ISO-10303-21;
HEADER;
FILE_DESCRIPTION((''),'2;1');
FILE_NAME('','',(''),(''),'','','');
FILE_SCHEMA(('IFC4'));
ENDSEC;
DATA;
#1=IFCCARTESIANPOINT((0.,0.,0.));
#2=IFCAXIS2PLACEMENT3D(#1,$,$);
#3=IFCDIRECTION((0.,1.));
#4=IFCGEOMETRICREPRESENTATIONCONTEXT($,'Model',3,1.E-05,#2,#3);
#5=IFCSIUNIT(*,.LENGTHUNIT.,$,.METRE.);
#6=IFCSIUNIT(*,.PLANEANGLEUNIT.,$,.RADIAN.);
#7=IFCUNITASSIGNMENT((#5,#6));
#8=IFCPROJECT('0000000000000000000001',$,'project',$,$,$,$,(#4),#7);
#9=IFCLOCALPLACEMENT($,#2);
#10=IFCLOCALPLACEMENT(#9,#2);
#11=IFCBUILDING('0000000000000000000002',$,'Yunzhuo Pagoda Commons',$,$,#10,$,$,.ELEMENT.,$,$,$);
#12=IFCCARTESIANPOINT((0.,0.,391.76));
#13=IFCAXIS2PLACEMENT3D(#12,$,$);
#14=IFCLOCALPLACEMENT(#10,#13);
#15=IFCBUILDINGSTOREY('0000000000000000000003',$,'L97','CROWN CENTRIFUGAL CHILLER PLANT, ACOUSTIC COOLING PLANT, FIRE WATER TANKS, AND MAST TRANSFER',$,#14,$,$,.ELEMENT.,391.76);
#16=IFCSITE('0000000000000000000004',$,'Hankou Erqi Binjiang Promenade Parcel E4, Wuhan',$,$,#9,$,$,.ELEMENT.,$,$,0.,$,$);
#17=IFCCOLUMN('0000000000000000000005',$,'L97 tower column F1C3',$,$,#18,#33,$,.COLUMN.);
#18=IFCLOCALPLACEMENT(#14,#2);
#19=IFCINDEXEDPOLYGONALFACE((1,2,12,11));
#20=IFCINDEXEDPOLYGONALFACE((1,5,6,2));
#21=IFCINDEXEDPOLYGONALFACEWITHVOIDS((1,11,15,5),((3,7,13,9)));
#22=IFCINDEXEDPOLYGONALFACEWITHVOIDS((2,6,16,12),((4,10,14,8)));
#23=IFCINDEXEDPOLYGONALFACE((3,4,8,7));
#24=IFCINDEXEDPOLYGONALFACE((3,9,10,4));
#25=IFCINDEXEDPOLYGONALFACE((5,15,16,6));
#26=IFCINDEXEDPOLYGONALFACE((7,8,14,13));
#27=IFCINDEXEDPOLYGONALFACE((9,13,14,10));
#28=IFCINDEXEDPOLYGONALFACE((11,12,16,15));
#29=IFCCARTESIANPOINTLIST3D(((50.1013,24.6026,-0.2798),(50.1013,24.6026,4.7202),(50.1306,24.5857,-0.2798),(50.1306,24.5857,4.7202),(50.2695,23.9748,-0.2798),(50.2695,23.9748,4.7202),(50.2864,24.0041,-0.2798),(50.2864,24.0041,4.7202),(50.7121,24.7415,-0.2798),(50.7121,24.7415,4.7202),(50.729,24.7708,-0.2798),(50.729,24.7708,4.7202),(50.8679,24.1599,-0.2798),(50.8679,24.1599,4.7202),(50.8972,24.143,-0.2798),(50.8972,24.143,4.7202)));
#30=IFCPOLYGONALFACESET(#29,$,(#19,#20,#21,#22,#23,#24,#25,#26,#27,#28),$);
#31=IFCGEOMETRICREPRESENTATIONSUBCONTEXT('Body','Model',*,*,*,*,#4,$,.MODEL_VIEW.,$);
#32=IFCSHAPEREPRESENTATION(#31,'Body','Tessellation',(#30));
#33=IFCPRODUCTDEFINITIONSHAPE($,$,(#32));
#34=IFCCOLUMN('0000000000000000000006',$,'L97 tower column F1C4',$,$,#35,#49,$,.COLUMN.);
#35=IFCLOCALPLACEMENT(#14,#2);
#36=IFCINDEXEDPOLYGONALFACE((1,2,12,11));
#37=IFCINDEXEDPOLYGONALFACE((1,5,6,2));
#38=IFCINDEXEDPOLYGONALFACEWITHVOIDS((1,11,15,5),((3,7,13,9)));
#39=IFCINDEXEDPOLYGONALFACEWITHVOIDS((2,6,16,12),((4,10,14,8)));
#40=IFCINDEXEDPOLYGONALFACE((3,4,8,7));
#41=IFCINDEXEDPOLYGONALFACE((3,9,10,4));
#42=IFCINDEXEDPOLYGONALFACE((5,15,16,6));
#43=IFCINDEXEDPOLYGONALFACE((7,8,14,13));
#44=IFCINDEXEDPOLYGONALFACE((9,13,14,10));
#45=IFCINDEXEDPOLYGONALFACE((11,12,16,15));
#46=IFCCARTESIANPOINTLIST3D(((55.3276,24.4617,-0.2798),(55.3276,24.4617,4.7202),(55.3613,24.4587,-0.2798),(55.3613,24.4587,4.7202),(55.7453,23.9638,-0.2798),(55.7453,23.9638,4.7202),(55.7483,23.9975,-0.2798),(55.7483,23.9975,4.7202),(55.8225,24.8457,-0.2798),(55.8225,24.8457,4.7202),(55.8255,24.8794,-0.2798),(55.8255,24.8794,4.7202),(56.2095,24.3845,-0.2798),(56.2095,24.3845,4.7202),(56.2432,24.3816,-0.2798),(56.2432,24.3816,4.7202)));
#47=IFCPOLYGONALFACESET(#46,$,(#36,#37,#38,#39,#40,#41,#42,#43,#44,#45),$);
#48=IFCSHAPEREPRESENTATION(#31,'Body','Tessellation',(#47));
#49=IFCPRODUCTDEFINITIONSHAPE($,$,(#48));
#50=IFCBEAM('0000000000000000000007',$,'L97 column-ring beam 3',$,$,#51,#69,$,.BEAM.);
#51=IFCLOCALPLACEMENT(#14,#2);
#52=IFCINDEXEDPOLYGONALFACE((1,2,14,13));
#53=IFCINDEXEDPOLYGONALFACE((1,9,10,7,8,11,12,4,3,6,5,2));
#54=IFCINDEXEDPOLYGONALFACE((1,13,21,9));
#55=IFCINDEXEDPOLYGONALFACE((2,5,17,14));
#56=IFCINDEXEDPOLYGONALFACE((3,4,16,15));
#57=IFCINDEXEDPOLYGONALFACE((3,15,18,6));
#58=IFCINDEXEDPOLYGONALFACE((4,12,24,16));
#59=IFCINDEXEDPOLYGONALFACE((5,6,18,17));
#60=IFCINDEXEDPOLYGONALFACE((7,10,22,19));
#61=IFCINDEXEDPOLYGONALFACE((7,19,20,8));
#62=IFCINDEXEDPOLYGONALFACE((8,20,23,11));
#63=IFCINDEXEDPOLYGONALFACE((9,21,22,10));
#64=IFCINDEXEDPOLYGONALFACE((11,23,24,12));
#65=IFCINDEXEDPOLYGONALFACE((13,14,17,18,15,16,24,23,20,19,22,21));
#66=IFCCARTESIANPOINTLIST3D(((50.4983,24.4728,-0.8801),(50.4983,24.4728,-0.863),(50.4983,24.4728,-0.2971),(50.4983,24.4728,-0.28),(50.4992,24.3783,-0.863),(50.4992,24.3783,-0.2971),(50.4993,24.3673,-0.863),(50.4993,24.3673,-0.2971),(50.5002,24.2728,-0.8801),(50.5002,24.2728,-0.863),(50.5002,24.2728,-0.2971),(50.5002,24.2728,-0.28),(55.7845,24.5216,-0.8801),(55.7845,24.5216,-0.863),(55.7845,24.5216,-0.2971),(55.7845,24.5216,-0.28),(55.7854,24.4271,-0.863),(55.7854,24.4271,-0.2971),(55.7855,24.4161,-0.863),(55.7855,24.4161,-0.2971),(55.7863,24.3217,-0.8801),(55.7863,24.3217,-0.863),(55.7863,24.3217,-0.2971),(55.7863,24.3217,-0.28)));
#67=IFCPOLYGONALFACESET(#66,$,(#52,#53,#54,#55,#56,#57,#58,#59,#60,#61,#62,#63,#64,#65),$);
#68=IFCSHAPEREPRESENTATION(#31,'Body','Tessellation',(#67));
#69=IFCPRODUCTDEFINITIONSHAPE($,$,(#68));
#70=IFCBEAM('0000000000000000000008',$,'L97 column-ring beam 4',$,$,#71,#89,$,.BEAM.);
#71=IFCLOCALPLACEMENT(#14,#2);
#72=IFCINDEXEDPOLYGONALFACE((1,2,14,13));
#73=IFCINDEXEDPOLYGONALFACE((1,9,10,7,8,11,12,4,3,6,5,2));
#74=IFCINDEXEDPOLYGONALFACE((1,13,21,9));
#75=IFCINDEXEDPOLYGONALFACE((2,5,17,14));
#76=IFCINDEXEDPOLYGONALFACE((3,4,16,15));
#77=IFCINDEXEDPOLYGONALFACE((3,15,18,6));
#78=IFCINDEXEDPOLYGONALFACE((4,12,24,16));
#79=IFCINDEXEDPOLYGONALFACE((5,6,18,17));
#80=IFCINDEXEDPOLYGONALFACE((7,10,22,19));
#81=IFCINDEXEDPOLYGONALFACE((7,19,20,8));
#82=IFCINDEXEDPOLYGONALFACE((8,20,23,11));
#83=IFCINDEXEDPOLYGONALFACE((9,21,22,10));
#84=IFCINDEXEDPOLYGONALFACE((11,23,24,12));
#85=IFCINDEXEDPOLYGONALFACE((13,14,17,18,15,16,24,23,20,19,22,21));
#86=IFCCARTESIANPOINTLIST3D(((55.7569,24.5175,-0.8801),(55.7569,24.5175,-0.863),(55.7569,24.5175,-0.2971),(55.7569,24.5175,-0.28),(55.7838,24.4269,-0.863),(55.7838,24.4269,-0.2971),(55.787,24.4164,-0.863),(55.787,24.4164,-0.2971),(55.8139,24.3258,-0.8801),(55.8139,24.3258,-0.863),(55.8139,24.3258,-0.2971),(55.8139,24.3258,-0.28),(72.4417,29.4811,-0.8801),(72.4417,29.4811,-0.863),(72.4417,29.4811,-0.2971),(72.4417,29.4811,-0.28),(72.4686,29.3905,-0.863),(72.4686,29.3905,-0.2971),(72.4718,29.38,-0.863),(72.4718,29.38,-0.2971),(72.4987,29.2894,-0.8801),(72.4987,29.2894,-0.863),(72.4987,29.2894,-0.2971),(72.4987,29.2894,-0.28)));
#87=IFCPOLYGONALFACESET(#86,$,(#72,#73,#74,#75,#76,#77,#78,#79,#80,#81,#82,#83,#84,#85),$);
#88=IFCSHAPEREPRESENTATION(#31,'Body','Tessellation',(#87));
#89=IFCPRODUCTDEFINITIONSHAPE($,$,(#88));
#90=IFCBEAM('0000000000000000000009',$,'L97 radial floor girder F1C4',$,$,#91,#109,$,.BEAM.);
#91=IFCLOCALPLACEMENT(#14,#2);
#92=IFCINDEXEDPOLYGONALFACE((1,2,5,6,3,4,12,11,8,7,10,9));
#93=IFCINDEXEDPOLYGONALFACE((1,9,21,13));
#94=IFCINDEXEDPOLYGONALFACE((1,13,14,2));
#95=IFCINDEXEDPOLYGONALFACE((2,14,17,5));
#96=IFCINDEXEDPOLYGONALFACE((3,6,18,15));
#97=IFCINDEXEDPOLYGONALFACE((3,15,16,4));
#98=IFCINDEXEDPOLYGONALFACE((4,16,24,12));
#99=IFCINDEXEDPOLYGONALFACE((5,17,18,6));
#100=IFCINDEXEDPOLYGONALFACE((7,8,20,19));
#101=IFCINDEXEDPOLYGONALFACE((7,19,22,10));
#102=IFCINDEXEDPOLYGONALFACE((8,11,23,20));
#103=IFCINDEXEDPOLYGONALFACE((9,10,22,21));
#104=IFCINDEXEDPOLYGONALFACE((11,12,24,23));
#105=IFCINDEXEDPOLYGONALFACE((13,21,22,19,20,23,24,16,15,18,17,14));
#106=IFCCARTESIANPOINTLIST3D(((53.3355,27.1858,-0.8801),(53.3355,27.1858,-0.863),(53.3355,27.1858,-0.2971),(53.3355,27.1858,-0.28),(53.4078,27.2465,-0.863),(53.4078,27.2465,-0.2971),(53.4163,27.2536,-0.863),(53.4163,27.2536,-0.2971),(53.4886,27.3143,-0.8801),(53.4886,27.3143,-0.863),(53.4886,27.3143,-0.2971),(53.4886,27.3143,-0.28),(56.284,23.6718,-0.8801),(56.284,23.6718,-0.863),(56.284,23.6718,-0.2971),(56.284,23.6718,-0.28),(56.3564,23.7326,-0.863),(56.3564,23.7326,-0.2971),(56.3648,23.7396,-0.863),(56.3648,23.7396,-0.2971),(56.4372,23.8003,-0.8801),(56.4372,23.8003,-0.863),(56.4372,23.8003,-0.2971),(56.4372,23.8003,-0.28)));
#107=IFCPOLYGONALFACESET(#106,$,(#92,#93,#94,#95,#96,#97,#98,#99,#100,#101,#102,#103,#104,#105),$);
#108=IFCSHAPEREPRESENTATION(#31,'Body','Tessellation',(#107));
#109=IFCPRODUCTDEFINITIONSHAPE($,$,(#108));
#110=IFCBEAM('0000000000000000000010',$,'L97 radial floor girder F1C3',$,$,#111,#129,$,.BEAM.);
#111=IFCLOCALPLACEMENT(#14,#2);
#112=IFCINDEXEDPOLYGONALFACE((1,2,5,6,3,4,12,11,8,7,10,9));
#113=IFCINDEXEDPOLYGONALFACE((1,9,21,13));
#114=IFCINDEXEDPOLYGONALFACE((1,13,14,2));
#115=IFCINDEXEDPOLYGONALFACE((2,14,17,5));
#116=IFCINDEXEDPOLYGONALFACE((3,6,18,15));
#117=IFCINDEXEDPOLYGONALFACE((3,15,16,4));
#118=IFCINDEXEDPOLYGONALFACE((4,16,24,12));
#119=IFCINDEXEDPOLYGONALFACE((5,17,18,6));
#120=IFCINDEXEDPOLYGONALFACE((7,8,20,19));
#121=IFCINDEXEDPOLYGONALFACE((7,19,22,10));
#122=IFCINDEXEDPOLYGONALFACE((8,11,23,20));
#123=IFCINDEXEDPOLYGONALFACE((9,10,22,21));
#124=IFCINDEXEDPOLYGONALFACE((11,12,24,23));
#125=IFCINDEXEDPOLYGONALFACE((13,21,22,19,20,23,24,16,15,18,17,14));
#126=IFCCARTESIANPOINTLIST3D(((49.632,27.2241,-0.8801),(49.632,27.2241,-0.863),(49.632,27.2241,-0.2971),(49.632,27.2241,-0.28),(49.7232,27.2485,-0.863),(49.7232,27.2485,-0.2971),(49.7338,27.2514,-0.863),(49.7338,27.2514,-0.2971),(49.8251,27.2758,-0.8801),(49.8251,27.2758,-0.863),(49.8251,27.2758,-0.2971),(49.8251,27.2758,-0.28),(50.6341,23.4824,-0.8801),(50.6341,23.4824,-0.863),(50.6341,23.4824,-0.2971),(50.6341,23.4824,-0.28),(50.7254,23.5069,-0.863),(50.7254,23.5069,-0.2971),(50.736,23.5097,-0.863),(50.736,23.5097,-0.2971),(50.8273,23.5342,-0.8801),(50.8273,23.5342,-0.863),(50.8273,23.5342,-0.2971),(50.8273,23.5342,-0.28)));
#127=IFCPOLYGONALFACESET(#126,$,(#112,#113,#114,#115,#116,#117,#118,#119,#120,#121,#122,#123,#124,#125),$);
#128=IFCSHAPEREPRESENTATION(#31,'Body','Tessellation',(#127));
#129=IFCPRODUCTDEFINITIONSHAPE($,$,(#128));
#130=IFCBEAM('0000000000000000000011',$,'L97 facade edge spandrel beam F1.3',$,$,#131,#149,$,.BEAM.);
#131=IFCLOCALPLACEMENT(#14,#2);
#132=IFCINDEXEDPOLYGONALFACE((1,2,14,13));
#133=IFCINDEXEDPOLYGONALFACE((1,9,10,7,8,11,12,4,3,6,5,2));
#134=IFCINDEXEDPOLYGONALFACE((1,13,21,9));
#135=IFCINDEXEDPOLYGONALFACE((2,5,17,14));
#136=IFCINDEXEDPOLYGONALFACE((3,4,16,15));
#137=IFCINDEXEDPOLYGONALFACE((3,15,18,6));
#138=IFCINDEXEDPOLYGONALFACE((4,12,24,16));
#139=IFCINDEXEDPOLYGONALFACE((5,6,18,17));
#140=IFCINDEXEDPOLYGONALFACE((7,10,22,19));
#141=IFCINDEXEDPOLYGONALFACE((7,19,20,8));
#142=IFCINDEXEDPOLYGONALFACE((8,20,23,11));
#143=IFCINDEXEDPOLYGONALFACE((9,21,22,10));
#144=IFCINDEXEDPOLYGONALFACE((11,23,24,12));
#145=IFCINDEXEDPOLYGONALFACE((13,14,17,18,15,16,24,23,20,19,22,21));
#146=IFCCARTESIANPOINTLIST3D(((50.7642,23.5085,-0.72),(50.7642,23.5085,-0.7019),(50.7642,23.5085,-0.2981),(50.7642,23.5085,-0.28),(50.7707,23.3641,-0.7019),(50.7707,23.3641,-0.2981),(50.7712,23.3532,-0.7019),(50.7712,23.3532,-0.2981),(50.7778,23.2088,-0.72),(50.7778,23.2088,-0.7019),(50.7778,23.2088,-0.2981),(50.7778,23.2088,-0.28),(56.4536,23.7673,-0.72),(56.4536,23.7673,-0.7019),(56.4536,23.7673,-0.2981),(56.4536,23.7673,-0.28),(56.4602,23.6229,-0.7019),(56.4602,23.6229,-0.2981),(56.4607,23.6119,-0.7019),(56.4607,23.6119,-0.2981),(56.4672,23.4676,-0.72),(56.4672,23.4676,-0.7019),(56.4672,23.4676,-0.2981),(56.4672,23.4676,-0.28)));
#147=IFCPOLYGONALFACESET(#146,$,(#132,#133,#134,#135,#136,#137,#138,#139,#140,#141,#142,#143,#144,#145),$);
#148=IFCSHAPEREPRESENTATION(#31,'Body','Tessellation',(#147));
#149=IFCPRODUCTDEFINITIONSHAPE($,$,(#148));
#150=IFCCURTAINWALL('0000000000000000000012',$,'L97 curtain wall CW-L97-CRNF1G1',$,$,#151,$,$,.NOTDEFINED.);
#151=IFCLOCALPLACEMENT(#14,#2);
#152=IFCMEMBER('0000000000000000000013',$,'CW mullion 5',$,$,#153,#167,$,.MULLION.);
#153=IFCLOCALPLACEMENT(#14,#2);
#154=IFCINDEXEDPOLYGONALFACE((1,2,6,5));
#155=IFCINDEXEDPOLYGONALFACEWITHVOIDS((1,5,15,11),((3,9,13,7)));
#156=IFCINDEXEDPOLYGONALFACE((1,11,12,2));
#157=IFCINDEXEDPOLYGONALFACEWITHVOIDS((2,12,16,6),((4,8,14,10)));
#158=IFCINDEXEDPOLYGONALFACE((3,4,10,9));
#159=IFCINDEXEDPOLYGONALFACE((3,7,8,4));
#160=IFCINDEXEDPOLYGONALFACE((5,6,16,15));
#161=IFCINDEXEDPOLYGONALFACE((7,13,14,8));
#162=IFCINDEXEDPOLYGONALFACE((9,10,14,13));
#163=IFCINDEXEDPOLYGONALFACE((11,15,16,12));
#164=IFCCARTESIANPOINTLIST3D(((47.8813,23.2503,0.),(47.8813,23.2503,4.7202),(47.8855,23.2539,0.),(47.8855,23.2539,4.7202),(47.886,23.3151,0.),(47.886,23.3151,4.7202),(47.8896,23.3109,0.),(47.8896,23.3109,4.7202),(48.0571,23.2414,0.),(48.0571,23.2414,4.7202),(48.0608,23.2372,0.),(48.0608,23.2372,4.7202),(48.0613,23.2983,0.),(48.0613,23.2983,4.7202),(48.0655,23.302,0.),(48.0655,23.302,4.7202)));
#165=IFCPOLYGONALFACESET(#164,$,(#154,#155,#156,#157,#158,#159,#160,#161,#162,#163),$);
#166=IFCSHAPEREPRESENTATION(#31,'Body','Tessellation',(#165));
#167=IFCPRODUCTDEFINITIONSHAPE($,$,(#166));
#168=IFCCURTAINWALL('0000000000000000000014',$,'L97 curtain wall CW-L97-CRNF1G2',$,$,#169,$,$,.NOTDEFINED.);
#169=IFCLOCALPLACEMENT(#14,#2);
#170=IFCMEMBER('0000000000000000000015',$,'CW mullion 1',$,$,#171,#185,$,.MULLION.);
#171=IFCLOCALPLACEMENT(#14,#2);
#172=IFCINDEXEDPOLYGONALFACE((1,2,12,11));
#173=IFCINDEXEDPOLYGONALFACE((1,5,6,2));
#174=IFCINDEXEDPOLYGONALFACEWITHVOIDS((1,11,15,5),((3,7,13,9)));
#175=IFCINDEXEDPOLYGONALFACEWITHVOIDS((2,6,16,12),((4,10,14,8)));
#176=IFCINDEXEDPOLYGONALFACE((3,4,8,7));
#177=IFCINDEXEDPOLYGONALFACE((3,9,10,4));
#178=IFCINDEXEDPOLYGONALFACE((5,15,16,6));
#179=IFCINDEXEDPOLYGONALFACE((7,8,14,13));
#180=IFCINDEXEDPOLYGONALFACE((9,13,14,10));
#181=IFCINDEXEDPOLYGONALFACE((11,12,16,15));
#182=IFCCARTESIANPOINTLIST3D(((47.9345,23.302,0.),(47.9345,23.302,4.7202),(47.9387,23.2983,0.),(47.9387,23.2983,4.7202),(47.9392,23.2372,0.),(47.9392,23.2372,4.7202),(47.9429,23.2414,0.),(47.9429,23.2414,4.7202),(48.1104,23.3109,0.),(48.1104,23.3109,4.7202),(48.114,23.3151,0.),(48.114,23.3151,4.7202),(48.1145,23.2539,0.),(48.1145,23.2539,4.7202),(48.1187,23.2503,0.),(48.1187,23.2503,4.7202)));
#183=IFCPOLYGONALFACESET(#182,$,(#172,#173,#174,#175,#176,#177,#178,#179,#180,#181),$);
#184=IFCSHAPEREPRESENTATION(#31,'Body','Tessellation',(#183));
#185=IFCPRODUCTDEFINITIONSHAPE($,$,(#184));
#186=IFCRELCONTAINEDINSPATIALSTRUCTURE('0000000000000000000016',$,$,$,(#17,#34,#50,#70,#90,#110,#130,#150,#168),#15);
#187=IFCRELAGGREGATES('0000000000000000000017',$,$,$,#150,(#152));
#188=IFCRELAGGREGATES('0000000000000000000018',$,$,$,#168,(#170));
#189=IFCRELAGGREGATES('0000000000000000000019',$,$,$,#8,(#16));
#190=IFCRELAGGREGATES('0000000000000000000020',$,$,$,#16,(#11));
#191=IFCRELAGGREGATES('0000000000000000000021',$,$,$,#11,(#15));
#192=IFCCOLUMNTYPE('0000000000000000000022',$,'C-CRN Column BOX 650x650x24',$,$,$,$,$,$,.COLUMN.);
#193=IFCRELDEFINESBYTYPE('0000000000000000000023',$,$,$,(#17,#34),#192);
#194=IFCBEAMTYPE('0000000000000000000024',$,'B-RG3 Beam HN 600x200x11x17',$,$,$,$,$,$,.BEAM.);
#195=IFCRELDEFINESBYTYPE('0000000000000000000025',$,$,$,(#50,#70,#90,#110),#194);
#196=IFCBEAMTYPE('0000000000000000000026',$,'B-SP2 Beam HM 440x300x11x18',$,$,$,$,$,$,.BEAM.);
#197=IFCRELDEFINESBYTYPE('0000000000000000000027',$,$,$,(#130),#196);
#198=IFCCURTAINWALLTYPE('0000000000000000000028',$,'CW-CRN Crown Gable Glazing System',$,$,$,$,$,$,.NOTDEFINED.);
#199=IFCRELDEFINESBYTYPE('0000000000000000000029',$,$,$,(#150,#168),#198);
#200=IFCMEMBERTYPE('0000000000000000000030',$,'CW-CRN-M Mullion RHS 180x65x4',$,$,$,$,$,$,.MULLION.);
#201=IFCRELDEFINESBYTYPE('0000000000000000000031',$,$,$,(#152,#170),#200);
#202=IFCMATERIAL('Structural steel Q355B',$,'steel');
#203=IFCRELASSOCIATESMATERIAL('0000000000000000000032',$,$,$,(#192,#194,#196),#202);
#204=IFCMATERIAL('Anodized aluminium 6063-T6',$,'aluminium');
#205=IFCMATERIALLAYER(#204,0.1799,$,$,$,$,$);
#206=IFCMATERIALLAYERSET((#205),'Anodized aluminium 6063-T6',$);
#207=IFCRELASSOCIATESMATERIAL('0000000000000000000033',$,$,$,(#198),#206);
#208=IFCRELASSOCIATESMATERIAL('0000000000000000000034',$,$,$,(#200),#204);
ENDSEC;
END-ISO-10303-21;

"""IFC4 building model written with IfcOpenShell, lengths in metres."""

from ifc_helpers import new_model, si_unit, direction, frame, origin, origin_2d, place, context, subcontext, project, spatial, hollow_rectangle, i_section, extrude, source, transform, mapped, material, layer, layer_set, material_profile, profile_set, type_object, element, aggregate, save


model = new_model("IFC4")

# Units and contexts
model_context = context("Model", 3, precision=1e-05, world=origin(), true_north=direction((0.0, 1.0)))
body_context = subcontext(model_context, "Body", "Model", "MODEL_VIEW")
ifc_project = project(units=[si_unit("LENGTHUNIT", "METRE"), si_unit("PLANEANGLEUNIT", "RADIAN")], contexts=[model_context])

# Site, building, storey
site_placement = place(None, origin())
site = spatial("IfcSite", under=ifc_project, at=site_placement, Name="Hankou Erqi Binjiang Promenade Parcel E4, Wuhan", CompositionType="ELEMENT", RefElevation=0.0)
building_placement = place(site_placement, origin())
building = spatial("IfcBuilding", under=site, at=building_placement, Name="Yunzhuo Pagoda Commons", CompositionType="ELEMENT")
storey_placement = place(building_placement, frame((0.0, 0.0, 391.76)))
storey = spatial("IfcBuildingStorey", under=building, at=storey_placement, Name="L97", Description="CROWN CENTRIFUGAL CHILLER PLANT, ACOUSTIC COOLING PLANT, FIRE WATER TANKS, AND MAST TRANSFER", CompositionType="ELEMENT", Elevation=391.76)

# Columns
ifc_material_1 = material(Name="Structural steel Q355B", Category="steel")
ifc_material_profile_1 = material_profile(ifc_material_1, hollow_rectangle(XDim=0.6499, YDim=0.6499, WallThickness=0.0239, at=origin_2d()), Name="Structural steel Q355B")
ifc_profile_set_1 = profile_set([ifc_material_profile_1], Name="Structural steel Q355B")
column_type = type_object("IfcColumnType", Name="C-CRN Column BOX 650x650x24", PredefinedType="COLUMN", material=ifc_profile_set_1)
shared_shape_1 = source(origin(), body_context, "Body", "SweptSolid", [
    extrude(hollow_rectangle(XDim=0.6499, YDim=0.6499, WallThickness=0.0239, at=origin_2d()), origin(), (0.0, 0.0, 1.0), 5.0),
])
for number, where, z_axis, x_axis, name in (
    (1, (50.4993, 24.3728, -0.2798), (0.0, 0.0, 1.0), (0.965926, 0.258819, 0.0), "L97 tower column F1C3"),
    (2, (55.7854, 24.4216, -0.2798), (0.0, 0.0, 1.0), (0.766044, 0.642788, 0.0), "L97 tower column F1C4"),
):
    element("IfcColumn", number, at=place(storey_placement, frame(where, z_axis=z_axis, x_axis=x_axis)), inside=storey, type_object=column_type, Name=name, PredefinedType="COLUMN", context=body_context, shape_type="MappedRepresentation", body=[
        mapped(shared_shape_1, transform((0.0, 0.0, 0.0), scale=1.0)),
    ])

# Beams
ifc_material_profile_2 = material_profile(ifc_material_1, i_section(OverallWidth=0.2, OverallDepth=0.6001, WebThickness=0.011, FlangeThickness=0.0171, at=origin_2d()), Name="Structural steel Q355B")
ifc_profile_set_2 = profile_set([ifc_material_profile_2], Name="Structural steel Q355B")
beam_type_1 = type_object("IfcBeamType", Name="B-RG3 Beam HN 600x200x11x17", PredefinedType="BEAM", material=ifc_profile_set_2)
shared_shape_2 = source(origin(), body_context, "Body", "SweptSolid", [
    extrude(i_section(OverallWidth=0.2, OverallDepth=0.6001, WebThickness=0.011, FlangeThickness=0.0171, at=origin_2d()), origin(), (0.0, 0.0, 1.0), 5.2864),
])
beam_1_placement = place(storey_placement, frame((50.4993, 24.3728, -0.5801), z_axis=(0.999957, 0.009237, 0.0), x_axis=(-0.009237, 0.999957, 0.0)))
element("IfcBeam", 3, at=beam_1_placement, inside=storey, type_object=beam_type_1, Name="L97 column-ring beam 3", PredefinedType="BEAM", context=body_context, shape_type="MappedRepresentation", body=[
    mapped(shared_shape_2, transform((0.0, 0.0, 0.0), scale=1.0)),
])
shared_shape_3 = source(origin(), body_context, "Body", "SweptSolid", [
    extrude(i_section(OverallWidth=0.2, OverallDepth=0.6001, WebThickness=0.011, FlangeThickness=0.0171, at=origin_2d()), origin(), (0.0, 0.0, 1.0), 17.4075),
])
beam_2_placement = place(storey_placement, frame((55.7854, 24.4216, -0.5801), z_axis=(0.958485, 0.285143, 0.0), x_axis=(-0.285143, 0.958485, 0.0)))
element("IfcBeam", 4, at=beam_2_placement, inside=storey, type_object=beam_type_1, Name="L97 column-ring beam 4", PredefinedType="BEAM", context=body_context, shape_type="MappedRepresentation", body=[
    mapped(shared_shape_3, transform((0.0, 0.0, 0.0), scale=1.0)),
])
shared_shape_4 = source(origin(), body_context, "Body", "SweptSolid", [
    extrude(i_section(OverallWidth=0.2, OverallDepth=0.6001, WebThickness=0.011, FlangeThickness=0.0171, at=origin_2d()), origin(), (0.0, 0.0, 1.0), 4.5872),
])
beam_3_placement = place(storey_placement, frame((56.3606, 23.7361, -0.5801), z_axis=(-0.642783, 0.766049, 0.0), x_axis=(-0.766049, -0.642783, 0.0)))
element("IfcBeam", 5, at=beam_3_placement, inside=storey, type_object=beam_type_1, Name="L97 radial floor girder F1C4", PredefinedType="BEAM", context=body_context, shape_type="MappedRepresentation", body=[
    mapped(shared_shape_4, transform((0.0, 0.0, 0.0), scale=1.0)),
])
shared_shape_5 = source(origin(), body_context, "Body", "SweptSolid", [
    extrude(i_section(OverallWidth=0.2, OverallDepth=0.6001, WebThickness=0.011, FlangeThickness=0.0171, at=origin_2d()), origin(), (0.0, 0.0, 1.0), 3.8735),
])
beam_4_placement = place(storey_placement, frame((50.7307, 23.5083, -0.5801), z_axis=(-0.258726, 0.965951, 0.0), x_axis=(-0.965951, -0.258726, 0.0)))
element("IfcBeam", 6, at=beam_4_placement, inside=storey, type_object=beam_type_1, Name="L97 radial floor girder F1C3", PredefinedType="BEAM", context=body_context, shape_type="MappedRepresentation", body=[
    mapped(shared_shape_5, transform((0.0, 0.0, 0.0), scale=1.0)),
])
ifc_material_profile_3 = material_profile(ifc_material_1, i_section(OverallWidth=0.3, OverallDepth=0.4399, WebThickness=0.011, FlangeThickness=0.0181, at=origin_2d()), Name="Structural steel Q355B")
ifc_profile_set_3 = profile_set([ifc_material_profile_3], Name="Structural steel Q355B")
beam_type_2 = type_object("IfcBeamType", Name="B-SP2 Beam HM 440x300x11x18", PredefinedType="BEAM", material=ifc_profile_set_3)
shared_shape_6 = source(origin(), body_context, "Body", "SweptSolid", [
    extrude(i_section(OverallWidth=0.3, OverallDepth=0.4399, WebThickness=0.011, FlangeThickness=0.0181, at=origin_2d()), origin(), (0.0, 0.0, 1.0), 5.6953),
])
beam_5_placement = place(storey_placement, frame((50.771, 23.3586, -0.5), z_axis=(0.998967, 0.045439, 0.0), x_axis=(-0.045439, 0.998967, 0.0)))
element("IfcBeam", 7, at=beam_5_placement, inside=storey, type_object=beam_type_2, Name="L97 facade edge spandrel beam F1.3", PredefinedType="BEAM", context=body_context, shape_type="MappedRepresentation", body=[
    mapped(shared_shape_6, transform((0.0, 0.0, 0.0), scale=1.0)),
])

# Curtain wall, member
ifc_material_2 = material(Name="Anodized aluminium 6063-T6", Category="aluminium")
ifc_layer_1 = layer(ifc_material_2, 0.1799)
ifc_layer_set_1 = layer_set([ifc_layer_1], Name="Anodized aluminium 6063-T6")
curtain_wall_type = type_object("IfcCurtainWallType", Name="CW-CRN Crown Gable Glazing System", PredefinedType="NOTDEFINED", material=ifc_layer_set_1)
curtain_wall_1_placement = place(storey_placement, origin())
curtain_wall_1 = element("IfcCurtainWall", 8, at=curtain_wall_1_placement, inside=storey, type_object=curtain_wall_type, Name="L97 curtain wall CW-L97-CRNF1G1", PredefinedType="NOTDEFINED")
ifc_material_profile_4 = material_profile(ifc_material_2, hollow_rectangle(XDim=0.0649, YDim=0.1799, WallThickness=0.0039, at=origin_2d()), Name="Anodized aluminium 6063-T6")
ifc_profile_set_4 = profile_set([ifc_material_profile_4], Name="Anodized aluminium 6063-T6")
member_type_1 = type_object("IfcMemberType", Name="CW-CRN-M Mullion RHS 180x65x4", PredefinedType="MULLION", material=ifc_profile_set_4)
shared_shape_7 = source(origin(), body_context, "Body", "SweptSolid", [
    extrude(hollow_rectangle(XDim=0.0649, YDim=0.1799, WallThickness=0.0039, at=origin_2d()), origin(), (0.0, 0.0, 1.0), 4.7202),
])
member_1_placement = place(storey_placement, frame((47.9734, 23.2761, 0.0), z_axis=(0.0, 0.0, 1.0), x_axis=(0.072796, 0.997347, 0.0)))
member_1 = element("IfcMember", 9, at=member_1_placement, type_object=member_type_1, Name="CW mullion 5", PredefinedType="MULLION", context=body_context, shape_type="MappedRepresentation", body=[
    mapped(shared_shape_7, transform((0.0, 0.0, 0.0), scale=1.0)),
])
aggregate(curtain_wall_1, [member_1])

# Curtain wall, member
curtain_wall_2_placement = place(storey_placement, origin())
curtain_wall_2 = element("IfcCurtainWall", 10, at=curtain_wall_2_placement, inside=storey, type_object=curtain_wall_type, Name="L97 curtain wall CW-L97-CRNF1G2", PredefinedType="NOTDEFINED")
member_2_placement = place(storey_placement, frame((48.0266, 23.2761, 0.0), z_axis=(0.0, 0.0, 1.0), x_axis=(-0.072796, 0.997347, 0.0)))
member_2 = element("IfcMember", 11, at=member_2_placement, type_object=member_type_1, Name="CW mullion 1", PredefinedType="MULLION", context=body_context, shape_type="MappedRepresentation", body=[
    mapped(shared_shape_7, transform((0.0, 0.0, 0.0), scale=1.0)),
])
aggregate(curtain_wall_2, [member_2])

save(model, "model.ifc")
